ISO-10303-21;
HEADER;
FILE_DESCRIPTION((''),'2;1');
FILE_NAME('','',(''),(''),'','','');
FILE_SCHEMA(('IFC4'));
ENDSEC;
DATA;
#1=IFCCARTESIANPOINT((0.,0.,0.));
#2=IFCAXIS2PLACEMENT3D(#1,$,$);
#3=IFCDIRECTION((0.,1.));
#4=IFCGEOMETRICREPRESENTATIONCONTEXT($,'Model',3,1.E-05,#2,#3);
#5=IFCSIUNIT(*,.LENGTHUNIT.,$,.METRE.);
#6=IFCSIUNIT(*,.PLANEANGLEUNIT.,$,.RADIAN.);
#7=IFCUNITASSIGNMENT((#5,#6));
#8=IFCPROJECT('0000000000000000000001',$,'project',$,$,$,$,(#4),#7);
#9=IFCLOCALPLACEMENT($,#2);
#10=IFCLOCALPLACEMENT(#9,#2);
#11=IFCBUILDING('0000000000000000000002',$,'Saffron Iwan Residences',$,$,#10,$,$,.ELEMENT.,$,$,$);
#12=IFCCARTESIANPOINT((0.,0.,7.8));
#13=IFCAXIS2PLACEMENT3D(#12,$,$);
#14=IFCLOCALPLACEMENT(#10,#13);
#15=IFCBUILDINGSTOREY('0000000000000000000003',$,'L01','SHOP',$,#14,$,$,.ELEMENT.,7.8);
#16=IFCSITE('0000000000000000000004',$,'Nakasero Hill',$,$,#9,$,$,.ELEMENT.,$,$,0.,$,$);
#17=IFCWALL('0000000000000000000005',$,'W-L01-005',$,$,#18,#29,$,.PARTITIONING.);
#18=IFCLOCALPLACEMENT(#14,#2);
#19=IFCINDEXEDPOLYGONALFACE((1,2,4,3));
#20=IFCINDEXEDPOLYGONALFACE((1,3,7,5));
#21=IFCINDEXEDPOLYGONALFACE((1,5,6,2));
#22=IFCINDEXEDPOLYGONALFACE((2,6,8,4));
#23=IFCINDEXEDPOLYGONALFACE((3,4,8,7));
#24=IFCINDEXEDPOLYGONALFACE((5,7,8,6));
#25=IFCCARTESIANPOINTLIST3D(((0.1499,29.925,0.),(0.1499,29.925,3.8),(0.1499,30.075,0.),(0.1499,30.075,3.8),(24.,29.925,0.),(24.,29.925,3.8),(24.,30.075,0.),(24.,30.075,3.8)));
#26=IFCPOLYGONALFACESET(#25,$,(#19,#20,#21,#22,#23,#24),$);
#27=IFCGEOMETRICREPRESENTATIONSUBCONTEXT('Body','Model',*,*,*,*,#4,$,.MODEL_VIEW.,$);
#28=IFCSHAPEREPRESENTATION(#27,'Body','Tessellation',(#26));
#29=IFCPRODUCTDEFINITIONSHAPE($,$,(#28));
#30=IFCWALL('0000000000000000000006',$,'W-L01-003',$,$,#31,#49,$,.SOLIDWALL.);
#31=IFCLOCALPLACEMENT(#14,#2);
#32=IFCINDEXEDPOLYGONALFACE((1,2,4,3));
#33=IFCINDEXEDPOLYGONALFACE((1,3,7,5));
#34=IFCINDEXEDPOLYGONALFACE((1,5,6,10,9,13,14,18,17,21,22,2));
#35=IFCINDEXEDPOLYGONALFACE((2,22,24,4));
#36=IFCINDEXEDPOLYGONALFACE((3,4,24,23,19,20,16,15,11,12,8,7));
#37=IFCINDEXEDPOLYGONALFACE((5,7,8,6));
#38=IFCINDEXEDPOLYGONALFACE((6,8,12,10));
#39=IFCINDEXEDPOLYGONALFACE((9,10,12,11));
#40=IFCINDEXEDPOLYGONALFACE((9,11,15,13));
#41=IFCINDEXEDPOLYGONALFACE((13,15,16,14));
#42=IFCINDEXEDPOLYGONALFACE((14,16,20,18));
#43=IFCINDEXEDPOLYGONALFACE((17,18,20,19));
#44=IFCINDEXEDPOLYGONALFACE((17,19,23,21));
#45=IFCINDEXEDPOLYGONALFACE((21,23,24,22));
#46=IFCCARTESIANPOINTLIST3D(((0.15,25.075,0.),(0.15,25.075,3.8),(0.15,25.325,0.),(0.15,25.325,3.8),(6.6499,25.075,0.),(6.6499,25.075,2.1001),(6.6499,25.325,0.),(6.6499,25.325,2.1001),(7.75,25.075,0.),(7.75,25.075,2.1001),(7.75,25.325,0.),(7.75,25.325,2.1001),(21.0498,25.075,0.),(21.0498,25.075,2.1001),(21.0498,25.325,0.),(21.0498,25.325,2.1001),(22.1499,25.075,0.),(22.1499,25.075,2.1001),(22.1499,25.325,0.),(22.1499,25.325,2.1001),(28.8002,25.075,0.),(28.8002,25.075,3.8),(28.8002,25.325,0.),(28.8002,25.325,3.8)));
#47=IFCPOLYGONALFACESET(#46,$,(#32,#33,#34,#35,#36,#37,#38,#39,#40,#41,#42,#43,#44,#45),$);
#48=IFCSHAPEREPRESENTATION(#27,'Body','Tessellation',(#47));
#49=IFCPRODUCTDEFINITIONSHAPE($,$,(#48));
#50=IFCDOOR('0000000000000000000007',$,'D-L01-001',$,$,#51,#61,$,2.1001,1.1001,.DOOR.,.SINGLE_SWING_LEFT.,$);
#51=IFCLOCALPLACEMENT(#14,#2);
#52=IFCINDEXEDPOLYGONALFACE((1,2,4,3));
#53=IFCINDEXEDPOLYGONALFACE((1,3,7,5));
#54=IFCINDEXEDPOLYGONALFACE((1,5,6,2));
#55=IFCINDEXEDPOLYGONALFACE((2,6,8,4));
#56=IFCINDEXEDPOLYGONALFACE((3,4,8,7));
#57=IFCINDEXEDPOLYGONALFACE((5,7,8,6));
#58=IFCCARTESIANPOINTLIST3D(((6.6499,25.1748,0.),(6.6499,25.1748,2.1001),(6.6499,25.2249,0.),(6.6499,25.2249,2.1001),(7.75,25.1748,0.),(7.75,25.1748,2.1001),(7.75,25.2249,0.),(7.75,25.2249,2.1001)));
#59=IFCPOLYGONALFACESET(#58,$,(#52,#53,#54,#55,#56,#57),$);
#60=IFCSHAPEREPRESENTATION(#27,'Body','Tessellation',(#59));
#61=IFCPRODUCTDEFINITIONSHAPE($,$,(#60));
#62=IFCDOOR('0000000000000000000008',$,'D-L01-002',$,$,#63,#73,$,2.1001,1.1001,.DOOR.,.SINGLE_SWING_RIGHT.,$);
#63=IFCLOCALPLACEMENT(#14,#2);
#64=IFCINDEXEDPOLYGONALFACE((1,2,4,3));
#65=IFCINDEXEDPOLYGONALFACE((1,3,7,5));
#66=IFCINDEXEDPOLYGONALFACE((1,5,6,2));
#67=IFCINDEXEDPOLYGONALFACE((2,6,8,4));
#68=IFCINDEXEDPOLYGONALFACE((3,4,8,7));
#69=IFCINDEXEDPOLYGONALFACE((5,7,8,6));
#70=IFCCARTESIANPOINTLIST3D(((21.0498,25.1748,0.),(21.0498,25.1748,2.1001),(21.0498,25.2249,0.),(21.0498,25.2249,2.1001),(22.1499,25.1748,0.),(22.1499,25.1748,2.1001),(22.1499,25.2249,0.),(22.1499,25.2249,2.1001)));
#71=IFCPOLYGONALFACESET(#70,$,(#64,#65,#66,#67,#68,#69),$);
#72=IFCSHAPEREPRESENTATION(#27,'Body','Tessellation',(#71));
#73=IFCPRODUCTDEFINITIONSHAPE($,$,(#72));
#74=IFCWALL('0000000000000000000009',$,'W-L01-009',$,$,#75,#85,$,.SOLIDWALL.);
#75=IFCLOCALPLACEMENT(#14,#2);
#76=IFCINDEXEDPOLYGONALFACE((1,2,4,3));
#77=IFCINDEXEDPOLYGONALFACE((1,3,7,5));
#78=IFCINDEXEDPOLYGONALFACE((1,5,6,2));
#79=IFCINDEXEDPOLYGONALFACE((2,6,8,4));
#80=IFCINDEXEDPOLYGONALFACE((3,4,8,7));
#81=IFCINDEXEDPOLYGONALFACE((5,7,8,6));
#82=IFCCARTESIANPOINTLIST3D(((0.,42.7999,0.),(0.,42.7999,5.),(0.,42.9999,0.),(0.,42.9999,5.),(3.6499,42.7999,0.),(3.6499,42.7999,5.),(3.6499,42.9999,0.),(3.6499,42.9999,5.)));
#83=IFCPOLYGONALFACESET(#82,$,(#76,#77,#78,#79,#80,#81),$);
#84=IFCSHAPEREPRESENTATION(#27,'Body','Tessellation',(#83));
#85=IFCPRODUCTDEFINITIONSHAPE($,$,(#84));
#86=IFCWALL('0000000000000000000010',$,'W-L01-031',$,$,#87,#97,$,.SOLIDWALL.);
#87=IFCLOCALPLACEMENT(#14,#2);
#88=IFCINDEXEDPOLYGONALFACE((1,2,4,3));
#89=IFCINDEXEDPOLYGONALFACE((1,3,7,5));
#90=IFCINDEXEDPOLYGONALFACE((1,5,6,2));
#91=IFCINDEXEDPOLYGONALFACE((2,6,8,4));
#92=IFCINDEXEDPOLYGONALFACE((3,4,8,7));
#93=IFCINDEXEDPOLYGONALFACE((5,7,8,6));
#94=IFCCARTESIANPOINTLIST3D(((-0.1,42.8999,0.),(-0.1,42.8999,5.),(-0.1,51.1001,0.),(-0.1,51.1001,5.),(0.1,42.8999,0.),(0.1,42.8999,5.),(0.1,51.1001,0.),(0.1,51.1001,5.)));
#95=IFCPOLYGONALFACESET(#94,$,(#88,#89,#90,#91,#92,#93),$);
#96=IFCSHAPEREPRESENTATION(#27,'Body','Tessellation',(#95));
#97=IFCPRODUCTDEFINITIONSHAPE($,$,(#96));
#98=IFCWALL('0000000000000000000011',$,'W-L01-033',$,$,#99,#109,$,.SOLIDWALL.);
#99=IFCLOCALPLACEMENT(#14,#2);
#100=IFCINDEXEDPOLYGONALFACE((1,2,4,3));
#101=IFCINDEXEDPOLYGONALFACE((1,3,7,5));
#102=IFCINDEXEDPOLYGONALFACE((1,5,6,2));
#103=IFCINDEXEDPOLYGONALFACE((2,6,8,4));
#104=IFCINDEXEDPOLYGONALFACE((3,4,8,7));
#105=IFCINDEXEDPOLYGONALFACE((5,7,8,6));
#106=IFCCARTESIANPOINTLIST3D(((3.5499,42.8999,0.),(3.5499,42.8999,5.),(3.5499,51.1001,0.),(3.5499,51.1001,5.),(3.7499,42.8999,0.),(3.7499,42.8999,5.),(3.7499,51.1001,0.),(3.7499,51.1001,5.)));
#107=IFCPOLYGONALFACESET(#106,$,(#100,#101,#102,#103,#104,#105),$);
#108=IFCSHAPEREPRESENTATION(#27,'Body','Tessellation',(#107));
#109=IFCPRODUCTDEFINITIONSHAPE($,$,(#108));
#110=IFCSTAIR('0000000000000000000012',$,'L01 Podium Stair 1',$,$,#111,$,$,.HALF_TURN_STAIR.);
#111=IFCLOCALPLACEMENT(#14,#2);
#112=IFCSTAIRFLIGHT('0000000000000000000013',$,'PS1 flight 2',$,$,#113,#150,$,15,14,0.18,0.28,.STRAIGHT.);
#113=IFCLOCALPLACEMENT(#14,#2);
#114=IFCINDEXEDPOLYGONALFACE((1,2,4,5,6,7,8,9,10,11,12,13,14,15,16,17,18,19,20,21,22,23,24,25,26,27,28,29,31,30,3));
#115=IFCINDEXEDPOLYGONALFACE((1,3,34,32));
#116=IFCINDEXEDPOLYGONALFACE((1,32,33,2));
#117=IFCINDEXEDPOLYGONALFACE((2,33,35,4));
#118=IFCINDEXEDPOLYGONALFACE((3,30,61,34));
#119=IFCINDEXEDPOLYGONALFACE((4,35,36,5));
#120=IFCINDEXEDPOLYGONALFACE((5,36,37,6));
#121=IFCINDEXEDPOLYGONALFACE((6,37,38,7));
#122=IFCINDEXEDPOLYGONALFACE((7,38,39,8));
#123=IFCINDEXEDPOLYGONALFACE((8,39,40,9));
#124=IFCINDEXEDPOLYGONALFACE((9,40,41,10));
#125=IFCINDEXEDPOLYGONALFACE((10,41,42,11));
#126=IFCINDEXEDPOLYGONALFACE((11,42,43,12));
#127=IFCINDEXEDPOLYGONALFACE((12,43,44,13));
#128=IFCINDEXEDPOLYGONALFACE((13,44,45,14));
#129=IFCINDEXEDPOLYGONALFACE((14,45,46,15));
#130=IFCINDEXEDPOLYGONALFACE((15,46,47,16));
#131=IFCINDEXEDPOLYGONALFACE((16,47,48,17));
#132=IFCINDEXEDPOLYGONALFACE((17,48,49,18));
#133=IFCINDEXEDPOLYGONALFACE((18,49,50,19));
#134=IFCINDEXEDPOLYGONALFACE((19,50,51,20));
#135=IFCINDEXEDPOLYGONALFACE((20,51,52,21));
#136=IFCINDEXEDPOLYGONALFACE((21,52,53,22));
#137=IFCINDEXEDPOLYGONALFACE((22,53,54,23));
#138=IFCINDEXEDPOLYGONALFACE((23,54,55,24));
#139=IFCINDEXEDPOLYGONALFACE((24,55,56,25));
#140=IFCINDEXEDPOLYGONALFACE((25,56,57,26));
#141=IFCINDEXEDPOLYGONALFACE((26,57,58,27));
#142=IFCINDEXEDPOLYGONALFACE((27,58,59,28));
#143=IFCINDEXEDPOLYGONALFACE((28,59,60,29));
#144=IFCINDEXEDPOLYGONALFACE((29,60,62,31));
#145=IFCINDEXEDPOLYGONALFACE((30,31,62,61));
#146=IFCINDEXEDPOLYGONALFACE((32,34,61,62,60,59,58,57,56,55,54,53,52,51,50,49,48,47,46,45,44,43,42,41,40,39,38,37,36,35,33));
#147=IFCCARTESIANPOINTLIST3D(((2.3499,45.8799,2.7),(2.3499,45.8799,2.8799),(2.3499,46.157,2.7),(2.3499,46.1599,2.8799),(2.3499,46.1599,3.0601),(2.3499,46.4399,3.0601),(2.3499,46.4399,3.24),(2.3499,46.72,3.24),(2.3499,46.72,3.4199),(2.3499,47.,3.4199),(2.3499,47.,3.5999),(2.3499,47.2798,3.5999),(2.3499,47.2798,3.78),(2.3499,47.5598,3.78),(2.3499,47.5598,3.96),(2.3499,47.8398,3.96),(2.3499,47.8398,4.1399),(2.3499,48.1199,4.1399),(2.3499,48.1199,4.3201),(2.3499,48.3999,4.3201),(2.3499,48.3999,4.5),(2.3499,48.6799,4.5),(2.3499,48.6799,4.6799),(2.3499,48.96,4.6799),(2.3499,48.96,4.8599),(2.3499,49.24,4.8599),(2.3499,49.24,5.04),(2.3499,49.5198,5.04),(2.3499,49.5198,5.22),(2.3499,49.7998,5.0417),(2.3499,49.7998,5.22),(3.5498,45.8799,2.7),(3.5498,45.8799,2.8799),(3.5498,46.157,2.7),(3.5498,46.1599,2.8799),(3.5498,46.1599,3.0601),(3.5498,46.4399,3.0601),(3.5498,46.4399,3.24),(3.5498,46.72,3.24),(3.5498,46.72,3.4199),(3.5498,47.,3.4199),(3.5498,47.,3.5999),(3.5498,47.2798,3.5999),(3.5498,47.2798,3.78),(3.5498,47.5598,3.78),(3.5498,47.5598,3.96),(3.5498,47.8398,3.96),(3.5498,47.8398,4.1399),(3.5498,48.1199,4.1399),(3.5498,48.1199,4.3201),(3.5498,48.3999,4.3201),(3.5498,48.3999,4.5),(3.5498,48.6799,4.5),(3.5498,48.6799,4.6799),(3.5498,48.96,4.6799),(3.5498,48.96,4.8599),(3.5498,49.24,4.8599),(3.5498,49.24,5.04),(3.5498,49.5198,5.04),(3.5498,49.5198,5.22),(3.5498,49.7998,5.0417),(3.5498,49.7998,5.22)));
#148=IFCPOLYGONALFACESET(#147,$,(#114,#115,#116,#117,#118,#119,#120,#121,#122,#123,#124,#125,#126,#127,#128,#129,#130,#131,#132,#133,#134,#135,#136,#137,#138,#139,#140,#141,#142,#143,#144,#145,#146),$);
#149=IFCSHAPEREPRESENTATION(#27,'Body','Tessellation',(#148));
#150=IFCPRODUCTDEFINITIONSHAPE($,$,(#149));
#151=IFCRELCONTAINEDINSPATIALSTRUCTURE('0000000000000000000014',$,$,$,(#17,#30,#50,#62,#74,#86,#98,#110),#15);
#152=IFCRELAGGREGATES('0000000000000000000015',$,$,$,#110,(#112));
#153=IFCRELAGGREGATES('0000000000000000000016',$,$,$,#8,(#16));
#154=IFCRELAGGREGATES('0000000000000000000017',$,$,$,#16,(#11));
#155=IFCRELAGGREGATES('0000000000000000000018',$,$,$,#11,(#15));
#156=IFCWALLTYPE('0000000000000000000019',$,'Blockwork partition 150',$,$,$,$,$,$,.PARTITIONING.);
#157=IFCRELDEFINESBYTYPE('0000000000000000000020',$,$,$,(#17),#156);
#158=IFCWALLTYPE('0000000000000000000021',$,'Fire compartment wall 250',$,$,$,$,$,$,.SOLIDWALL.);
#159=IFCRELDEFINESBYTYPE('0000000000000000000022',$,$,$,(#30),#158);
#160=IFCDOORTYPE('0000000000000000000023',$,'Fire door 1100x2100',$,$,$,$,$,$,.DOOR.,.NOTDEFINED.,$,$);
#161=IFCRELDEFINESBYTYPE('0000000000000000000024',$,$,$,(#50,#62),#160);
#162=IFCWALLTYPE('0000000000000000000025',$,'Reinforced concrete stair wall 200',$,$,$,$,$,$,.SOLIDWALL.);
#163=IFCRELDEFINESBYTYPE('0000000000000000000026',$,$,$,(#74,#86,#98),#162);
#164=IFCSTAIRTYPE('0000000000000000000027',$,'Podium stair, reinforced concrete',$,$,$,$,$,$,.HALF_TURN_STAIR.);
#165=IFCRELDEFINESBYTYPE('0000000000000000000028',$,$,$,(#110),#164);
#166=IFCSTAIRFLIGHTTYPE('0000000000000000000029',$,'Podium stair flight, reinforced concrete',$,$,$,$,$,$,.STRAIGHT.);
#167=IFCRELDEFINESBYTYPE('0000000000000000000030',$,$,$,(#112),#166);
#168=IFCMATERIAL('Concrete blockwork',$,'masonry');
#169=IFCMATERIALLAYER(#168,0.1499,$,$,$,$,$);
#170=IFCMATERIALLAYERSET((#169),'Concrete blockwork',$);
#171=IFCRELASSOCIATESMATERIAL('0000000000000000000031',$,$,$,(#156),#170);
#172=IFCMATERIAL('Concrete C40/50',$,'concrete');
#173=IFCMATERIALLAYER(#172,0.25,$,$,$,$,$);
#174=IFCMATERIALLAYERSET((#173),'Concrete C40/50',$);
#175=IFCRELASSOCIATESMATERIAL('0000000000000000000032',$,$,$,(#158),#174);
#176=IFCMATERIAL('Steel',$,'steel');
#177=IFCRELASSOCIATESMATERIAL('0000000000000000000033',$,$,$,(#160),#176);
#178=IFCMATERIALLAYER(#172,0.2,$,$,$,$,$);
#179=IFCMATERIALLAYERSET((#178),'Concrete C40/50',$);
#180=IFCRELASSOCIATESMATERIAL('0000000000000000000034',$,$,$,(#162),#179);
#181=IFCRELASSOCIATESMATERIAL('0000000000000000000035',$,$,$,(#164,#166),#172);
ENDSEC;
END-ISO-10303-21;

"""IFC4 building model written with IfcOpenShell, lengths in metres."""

from ifc_helpers import new_model, si_unit, direction, frame, frame_2d, origin, place, context, subcontext, project, spatial, polyline, rectangle, outline, extrude, material, layer, layer_set, type_object, element, fill, aggregate, save


model = new_model("IFC4")

# Units and contexts
model_context = context("Model", 3, precision=1e-05, world=origin(), true_north=direction((0.0, 1.0)))
body_context = subcontext(model_context, "Body", "Model", "MODEL_VIEW")
ifc_project = project(units=[si_unit("LENGTHUNIT", "METRE"), si_unit("PLANEANGLEUNIT", "RADIAN")], contexts=[model_context])

# Site, building, storey
site_placement = place(None, origin())
site = spatial("IfcSite", under=ifc_project, at=site_placement, Name="Nakasero Hill", CompositionType="ELEMENT", RefElevation=0.0)
building_placement = place(site_placement, origin())
building = spatial("IfcBuilding", under=site, at=building_placement, Name="Saffron Iwan Residences", CompositionType="ELEMENT")
storey_placement = place(building_placement, frame((0.0, 0.0, 7.8)))
storey = spatial("IfcBuildingStorey", under=building, at=storey_placement, Name="L01", Description="SHOP", CompositionType="ELEMENT", Elevation=7.8)

# Shared definitions
ifc_material_1 = material(Name="Concrete C40/50", Category="concrete")

# Wall
ifc_material_2 = material(Name="Concrete blockwork", Category="masonry")
ifc_layer_1 = layer(ifc_material_2, 0.1499)
ifc_layer_set_1 = layer_set([ifc_layer_1], Name="Concrete blockwork")
wall_type_1 = type_object("IfcWallType", Name="Blockwork partition 150", PredefinedType="PARTITIONING", material=ifc_layer_set_1)
wall_1_placement = place(storey_placement, frame((0.1499, 30.0, 0.0), z_axis=(0.0, 0.0, 1.0), x_axis=(1.0, 0.0, 0.0)))
element("IfcWall", 1, at=wall_1_placement, inside=storey, type_object=wall_type_1, Name="W-L01-005", PredefinedType="PARTITIONING", context=body_context, shape_type="SweptSolid", body=[
    extrude(rectangle(XDim=23.8501, YDim=0.1499, at=frame_2d((11.925, 0.0))), origin(), (0.0, 0.0, 1.0), 3.8),
])

# Wall, openings, doors
ifc_layer_2 = layer(ifc_material_1, 0.25)
ifc_layer_set_2 = layer_set([ifc_layer_2], Name="Concrete C40/50")
wall_type_2 = type_object("IfcWallType", Name="Fire compartment wall 250", PredefinedType="SOLIDWALL", material=ifc_layer_set_2)
wall_2_placement = place(storey_placement, frame((0.1499, 25.2, 0.0), z_axis=(0.0, 0.0, 1.0), x_axis=(1.0, 0.0, 0.0)))
wall_2 = element("IfcWall", 2, at=wall_2_placement, inside=storey, type_object=wall_type_2, Name="W-L01-003", PredefinedType="SOLIDWALL", context=body_context, shape_type="SweptSolid", body=[
    extrude(rectangle(XDim=28.6501, YDim=0.25, at=frame_2d((14.3252, 0.0))), origin(), (0.0, 0.0, 1.0), 3.8),
])
opening_1_placement = place(wall_2_placement, frame((6.5, 0.0, 0.0)))
opening_1 = element("IfcOpeningElement", 3, at=opening_1_placement, cuts=wall_2, PredefinedType="OPENING", context=body_context, shape_type="SweptSolid", body=[
    extrude(rectangle(XDim=1.1001, YDim=2.1001, at=frame_2d((0.55, 1.05))), frame((0.0, 0.135, 0.0), z_axis=(0.0, -1.0, 0.0), x_axis=(1.0, 0.0, 0.0)), (0.0, 0.0, 1.0), 0.27),
])
opening_2_placement = place(wall_2_placement, frame((20.8999, 0.0, 0.0)))
opening_2 = element("IfcOpeningElement", 4, at=opening_2_placement, cuts=wall_2, PredefinedType="OPENING", context=body_context, shape_type="SweptSolid", body=[
    extrude(rectangle(XDim=1.1001, YDim=2.1001, at=frame_2d((0.55, 1.05))), frame((0.0, 0.135, 0.0), z_axis=(0.0, -1.0, 0.0), x_axis=(1.0, 0.0, 0.0)), (0.0, 0.0, 1.0), 0.27),
])
ifc_material_3 = material(Name="Steel", Category="steel")
door_type = type_object("IfcDoorType", Name="Fire door 1100x2100", OperationType="NOTDEFINED", PredefinedType="DOOR", material=ifc_material_3)
door_1_placement = place(opening_1_placement, origin())
door_1 = element("IfcDoor", 5, at=door_1_placement, inside=storey, type_object=door_type, Name="D-L01-001", OperationType="SINGLE_SWING_LEFT", OverallHeight=2.1001, OverallWidth=1.1001, PredefinedType="DOOR", context=body_context, shape_type="SweptSolid", body=[
    extrude(rectangle(XDim=1.1001, YDim=2.1001, at=frame_2d((0.55, 1.05))), frame((0.0, 0.0249, 0.0), z_axis=(0.0, -1.0, 0.0), x_axis=(1.0, 0.0, 0.0)), (0.0, 0.0, 1.0), 0.05),
])
fill(opening_1, door_1)
door_2_placement = place(opening_2_placement, origin())
door_2 = element("IfcDoor", 6, at=door_2_placement, inside=storey, type_object=door_type, Name="D-L01-002", OperationType="SINGLE_SWING_RIGHT", OverallHeight=2.1001, OverallWidth=1.1001, PredefinedType="DOOR", context=body_context, shape_type="SweptSolid", body=[
    extrude(rectangle(XDim=1.1001, YDim=2.1001, at=frame_2d((0.55, 1.05))), frame((0.0, 0.0249, 0.0), z_axis=(0.0, -1.0, 0.0), x_axis=(1.0, 0.0, 0.0)), (0.0, 0.0, 1.0), 0.05),
])
fill(opening_2, door_2)

# Walls
ifc_layer_3 = layer(ifc_material_1, 0.2)
ifc_layer_set_3 = layer_set([ifc_layer_3], Name="Concrete C40/50")
wall_type_3 = type_object("IfcWallType", Name="Reinforced concrete stair wall 200", PredefinedType="SOLIDWALL", material=ifc_layer_set_3)
wall_3_placement = place(storey_placement, frame((0.0, 42.8999, 0.0), z_axis=(0.0, 0.0, 1.0), x_axis=(1.0, 0.0, 0.0)))
element("IfcWall", 7, at=wall_3_placement, inside=storey, type_object=wall_type_3, Name="W-L01-009", PredefinedType="SOLIDWALL", context=body_context, shape_type="SweptSolid", body=[
    extrude(rectangle(XDim=3.6499, YDim=0.2, at=frame_2d((1.825, 0.0))), origin(), (0.0, 0.0, 1.0), 5.0),
])
for number, where, z_axis, x_axis, name in (
    (8, (0.0, 42.8999, 0.0), (0.0, 0.0, 1.0), (0.0, 1.0, 0.0), "W-L01-031"),
    (9, (3.6499, 42.8999, 0.0), (0.0, 0.0, 1.0), (0.0, 1.0, 0.0), "W-L01-033"),
):
    element("IfcWall", number, at=place(storey_placement, frame(where, z_axis=z_axis, x_axis=x_axis)), inside=storey, type_object=wall_type_3, Name=name, PredefinedType="SOLIDWALL", context=body_context, shape_type="SweptSolid", body=[
        extrude(rectangle(XDim=8.2002, YDim=0.2, at=frame_2d((4.1001, 0.0))), origin(), (0.0, 0.0, 1.0), 5.0),
    ])

# Stair, stair flight
stair_type = type_object("IfcStairType", Name="Podium stair, reinforced concrete", PredefinedType="HALF_TURN_STAIR", material=ifc_material_1)
stair_placement = place(storey_placement, origin())
stair = element("IfcStair", 10, at=stair_placement, inside=storey, type_object=stair_type, Name="L01 Podium Stair 1", PredefinedType="HALF_TURN_STAIR")
stair_flight_type = type_object("IfcStairFlightType", Name="Podium stair flight, reinforced concrete", PredefinedType="STRAIGHT", material=ifc_material_1)
stair_flight_placement = place(storey_placement, frame((2.95, 45.8799, 2.7), z_axis=(0.0, 0.0, 1.0), x_axis=(0.0, 1.0, 0.0)))
stair_flight = element("IfcStairFlight", 11, at=stair_flight_placement, type_object=stair_flight_type, Name="PS1 flight 2", NumberOfRisers=15, NumberOfTreads=14, PredefinedType="STRAIGHT", RiserHeight=0.18, TreadLength=0.28, context=body_context, shape_type="SweptSolid", body=[
    extrude(outline(polyline([(0.0, 0.0), (0.0, 0.1799), (0.28, 0.1799), (0.28, 0.3601), (0.5601, 0.3601), (0.5601, 0.54), (0.8401, 0.54), (0.8401, 0.72), (1.1201, 0.72), (1.1201, 0.8999), (1.3999, 0.8999), (1.3999, 1.0801), (1.6799, 1.0801), (1.6799, 1.26), (1.96, 1.26), (1.96, 1.4399), (2.24, 1.4399), (2.24, 1.6201), (2.52, 1.6201), (2.52, 1.8), (2.8, 1.8), (2.8, 1.98), (3.0801, 1.98), (3.0801, 2.1599), (3.3601, 2.1599), (3.3601, 2.3401), (3.6399, 2.3401), (3.6399, 2.52), (3.9199, 2.52), (3.9199, 2.7), (3.9199, 2.3418), (0.2771, 0.0), (0.0, 0.0)])), frame((0.0, 0.6001, 0.0), z_axis=(0.0, -1.0, 0.0), x_axis=(1.0, 0.0, 0.0)), (0.0, 0.0, 1.0), 1.2),
])
aggregate(stair, [stair_flight])

save(model, "model.ifc")
